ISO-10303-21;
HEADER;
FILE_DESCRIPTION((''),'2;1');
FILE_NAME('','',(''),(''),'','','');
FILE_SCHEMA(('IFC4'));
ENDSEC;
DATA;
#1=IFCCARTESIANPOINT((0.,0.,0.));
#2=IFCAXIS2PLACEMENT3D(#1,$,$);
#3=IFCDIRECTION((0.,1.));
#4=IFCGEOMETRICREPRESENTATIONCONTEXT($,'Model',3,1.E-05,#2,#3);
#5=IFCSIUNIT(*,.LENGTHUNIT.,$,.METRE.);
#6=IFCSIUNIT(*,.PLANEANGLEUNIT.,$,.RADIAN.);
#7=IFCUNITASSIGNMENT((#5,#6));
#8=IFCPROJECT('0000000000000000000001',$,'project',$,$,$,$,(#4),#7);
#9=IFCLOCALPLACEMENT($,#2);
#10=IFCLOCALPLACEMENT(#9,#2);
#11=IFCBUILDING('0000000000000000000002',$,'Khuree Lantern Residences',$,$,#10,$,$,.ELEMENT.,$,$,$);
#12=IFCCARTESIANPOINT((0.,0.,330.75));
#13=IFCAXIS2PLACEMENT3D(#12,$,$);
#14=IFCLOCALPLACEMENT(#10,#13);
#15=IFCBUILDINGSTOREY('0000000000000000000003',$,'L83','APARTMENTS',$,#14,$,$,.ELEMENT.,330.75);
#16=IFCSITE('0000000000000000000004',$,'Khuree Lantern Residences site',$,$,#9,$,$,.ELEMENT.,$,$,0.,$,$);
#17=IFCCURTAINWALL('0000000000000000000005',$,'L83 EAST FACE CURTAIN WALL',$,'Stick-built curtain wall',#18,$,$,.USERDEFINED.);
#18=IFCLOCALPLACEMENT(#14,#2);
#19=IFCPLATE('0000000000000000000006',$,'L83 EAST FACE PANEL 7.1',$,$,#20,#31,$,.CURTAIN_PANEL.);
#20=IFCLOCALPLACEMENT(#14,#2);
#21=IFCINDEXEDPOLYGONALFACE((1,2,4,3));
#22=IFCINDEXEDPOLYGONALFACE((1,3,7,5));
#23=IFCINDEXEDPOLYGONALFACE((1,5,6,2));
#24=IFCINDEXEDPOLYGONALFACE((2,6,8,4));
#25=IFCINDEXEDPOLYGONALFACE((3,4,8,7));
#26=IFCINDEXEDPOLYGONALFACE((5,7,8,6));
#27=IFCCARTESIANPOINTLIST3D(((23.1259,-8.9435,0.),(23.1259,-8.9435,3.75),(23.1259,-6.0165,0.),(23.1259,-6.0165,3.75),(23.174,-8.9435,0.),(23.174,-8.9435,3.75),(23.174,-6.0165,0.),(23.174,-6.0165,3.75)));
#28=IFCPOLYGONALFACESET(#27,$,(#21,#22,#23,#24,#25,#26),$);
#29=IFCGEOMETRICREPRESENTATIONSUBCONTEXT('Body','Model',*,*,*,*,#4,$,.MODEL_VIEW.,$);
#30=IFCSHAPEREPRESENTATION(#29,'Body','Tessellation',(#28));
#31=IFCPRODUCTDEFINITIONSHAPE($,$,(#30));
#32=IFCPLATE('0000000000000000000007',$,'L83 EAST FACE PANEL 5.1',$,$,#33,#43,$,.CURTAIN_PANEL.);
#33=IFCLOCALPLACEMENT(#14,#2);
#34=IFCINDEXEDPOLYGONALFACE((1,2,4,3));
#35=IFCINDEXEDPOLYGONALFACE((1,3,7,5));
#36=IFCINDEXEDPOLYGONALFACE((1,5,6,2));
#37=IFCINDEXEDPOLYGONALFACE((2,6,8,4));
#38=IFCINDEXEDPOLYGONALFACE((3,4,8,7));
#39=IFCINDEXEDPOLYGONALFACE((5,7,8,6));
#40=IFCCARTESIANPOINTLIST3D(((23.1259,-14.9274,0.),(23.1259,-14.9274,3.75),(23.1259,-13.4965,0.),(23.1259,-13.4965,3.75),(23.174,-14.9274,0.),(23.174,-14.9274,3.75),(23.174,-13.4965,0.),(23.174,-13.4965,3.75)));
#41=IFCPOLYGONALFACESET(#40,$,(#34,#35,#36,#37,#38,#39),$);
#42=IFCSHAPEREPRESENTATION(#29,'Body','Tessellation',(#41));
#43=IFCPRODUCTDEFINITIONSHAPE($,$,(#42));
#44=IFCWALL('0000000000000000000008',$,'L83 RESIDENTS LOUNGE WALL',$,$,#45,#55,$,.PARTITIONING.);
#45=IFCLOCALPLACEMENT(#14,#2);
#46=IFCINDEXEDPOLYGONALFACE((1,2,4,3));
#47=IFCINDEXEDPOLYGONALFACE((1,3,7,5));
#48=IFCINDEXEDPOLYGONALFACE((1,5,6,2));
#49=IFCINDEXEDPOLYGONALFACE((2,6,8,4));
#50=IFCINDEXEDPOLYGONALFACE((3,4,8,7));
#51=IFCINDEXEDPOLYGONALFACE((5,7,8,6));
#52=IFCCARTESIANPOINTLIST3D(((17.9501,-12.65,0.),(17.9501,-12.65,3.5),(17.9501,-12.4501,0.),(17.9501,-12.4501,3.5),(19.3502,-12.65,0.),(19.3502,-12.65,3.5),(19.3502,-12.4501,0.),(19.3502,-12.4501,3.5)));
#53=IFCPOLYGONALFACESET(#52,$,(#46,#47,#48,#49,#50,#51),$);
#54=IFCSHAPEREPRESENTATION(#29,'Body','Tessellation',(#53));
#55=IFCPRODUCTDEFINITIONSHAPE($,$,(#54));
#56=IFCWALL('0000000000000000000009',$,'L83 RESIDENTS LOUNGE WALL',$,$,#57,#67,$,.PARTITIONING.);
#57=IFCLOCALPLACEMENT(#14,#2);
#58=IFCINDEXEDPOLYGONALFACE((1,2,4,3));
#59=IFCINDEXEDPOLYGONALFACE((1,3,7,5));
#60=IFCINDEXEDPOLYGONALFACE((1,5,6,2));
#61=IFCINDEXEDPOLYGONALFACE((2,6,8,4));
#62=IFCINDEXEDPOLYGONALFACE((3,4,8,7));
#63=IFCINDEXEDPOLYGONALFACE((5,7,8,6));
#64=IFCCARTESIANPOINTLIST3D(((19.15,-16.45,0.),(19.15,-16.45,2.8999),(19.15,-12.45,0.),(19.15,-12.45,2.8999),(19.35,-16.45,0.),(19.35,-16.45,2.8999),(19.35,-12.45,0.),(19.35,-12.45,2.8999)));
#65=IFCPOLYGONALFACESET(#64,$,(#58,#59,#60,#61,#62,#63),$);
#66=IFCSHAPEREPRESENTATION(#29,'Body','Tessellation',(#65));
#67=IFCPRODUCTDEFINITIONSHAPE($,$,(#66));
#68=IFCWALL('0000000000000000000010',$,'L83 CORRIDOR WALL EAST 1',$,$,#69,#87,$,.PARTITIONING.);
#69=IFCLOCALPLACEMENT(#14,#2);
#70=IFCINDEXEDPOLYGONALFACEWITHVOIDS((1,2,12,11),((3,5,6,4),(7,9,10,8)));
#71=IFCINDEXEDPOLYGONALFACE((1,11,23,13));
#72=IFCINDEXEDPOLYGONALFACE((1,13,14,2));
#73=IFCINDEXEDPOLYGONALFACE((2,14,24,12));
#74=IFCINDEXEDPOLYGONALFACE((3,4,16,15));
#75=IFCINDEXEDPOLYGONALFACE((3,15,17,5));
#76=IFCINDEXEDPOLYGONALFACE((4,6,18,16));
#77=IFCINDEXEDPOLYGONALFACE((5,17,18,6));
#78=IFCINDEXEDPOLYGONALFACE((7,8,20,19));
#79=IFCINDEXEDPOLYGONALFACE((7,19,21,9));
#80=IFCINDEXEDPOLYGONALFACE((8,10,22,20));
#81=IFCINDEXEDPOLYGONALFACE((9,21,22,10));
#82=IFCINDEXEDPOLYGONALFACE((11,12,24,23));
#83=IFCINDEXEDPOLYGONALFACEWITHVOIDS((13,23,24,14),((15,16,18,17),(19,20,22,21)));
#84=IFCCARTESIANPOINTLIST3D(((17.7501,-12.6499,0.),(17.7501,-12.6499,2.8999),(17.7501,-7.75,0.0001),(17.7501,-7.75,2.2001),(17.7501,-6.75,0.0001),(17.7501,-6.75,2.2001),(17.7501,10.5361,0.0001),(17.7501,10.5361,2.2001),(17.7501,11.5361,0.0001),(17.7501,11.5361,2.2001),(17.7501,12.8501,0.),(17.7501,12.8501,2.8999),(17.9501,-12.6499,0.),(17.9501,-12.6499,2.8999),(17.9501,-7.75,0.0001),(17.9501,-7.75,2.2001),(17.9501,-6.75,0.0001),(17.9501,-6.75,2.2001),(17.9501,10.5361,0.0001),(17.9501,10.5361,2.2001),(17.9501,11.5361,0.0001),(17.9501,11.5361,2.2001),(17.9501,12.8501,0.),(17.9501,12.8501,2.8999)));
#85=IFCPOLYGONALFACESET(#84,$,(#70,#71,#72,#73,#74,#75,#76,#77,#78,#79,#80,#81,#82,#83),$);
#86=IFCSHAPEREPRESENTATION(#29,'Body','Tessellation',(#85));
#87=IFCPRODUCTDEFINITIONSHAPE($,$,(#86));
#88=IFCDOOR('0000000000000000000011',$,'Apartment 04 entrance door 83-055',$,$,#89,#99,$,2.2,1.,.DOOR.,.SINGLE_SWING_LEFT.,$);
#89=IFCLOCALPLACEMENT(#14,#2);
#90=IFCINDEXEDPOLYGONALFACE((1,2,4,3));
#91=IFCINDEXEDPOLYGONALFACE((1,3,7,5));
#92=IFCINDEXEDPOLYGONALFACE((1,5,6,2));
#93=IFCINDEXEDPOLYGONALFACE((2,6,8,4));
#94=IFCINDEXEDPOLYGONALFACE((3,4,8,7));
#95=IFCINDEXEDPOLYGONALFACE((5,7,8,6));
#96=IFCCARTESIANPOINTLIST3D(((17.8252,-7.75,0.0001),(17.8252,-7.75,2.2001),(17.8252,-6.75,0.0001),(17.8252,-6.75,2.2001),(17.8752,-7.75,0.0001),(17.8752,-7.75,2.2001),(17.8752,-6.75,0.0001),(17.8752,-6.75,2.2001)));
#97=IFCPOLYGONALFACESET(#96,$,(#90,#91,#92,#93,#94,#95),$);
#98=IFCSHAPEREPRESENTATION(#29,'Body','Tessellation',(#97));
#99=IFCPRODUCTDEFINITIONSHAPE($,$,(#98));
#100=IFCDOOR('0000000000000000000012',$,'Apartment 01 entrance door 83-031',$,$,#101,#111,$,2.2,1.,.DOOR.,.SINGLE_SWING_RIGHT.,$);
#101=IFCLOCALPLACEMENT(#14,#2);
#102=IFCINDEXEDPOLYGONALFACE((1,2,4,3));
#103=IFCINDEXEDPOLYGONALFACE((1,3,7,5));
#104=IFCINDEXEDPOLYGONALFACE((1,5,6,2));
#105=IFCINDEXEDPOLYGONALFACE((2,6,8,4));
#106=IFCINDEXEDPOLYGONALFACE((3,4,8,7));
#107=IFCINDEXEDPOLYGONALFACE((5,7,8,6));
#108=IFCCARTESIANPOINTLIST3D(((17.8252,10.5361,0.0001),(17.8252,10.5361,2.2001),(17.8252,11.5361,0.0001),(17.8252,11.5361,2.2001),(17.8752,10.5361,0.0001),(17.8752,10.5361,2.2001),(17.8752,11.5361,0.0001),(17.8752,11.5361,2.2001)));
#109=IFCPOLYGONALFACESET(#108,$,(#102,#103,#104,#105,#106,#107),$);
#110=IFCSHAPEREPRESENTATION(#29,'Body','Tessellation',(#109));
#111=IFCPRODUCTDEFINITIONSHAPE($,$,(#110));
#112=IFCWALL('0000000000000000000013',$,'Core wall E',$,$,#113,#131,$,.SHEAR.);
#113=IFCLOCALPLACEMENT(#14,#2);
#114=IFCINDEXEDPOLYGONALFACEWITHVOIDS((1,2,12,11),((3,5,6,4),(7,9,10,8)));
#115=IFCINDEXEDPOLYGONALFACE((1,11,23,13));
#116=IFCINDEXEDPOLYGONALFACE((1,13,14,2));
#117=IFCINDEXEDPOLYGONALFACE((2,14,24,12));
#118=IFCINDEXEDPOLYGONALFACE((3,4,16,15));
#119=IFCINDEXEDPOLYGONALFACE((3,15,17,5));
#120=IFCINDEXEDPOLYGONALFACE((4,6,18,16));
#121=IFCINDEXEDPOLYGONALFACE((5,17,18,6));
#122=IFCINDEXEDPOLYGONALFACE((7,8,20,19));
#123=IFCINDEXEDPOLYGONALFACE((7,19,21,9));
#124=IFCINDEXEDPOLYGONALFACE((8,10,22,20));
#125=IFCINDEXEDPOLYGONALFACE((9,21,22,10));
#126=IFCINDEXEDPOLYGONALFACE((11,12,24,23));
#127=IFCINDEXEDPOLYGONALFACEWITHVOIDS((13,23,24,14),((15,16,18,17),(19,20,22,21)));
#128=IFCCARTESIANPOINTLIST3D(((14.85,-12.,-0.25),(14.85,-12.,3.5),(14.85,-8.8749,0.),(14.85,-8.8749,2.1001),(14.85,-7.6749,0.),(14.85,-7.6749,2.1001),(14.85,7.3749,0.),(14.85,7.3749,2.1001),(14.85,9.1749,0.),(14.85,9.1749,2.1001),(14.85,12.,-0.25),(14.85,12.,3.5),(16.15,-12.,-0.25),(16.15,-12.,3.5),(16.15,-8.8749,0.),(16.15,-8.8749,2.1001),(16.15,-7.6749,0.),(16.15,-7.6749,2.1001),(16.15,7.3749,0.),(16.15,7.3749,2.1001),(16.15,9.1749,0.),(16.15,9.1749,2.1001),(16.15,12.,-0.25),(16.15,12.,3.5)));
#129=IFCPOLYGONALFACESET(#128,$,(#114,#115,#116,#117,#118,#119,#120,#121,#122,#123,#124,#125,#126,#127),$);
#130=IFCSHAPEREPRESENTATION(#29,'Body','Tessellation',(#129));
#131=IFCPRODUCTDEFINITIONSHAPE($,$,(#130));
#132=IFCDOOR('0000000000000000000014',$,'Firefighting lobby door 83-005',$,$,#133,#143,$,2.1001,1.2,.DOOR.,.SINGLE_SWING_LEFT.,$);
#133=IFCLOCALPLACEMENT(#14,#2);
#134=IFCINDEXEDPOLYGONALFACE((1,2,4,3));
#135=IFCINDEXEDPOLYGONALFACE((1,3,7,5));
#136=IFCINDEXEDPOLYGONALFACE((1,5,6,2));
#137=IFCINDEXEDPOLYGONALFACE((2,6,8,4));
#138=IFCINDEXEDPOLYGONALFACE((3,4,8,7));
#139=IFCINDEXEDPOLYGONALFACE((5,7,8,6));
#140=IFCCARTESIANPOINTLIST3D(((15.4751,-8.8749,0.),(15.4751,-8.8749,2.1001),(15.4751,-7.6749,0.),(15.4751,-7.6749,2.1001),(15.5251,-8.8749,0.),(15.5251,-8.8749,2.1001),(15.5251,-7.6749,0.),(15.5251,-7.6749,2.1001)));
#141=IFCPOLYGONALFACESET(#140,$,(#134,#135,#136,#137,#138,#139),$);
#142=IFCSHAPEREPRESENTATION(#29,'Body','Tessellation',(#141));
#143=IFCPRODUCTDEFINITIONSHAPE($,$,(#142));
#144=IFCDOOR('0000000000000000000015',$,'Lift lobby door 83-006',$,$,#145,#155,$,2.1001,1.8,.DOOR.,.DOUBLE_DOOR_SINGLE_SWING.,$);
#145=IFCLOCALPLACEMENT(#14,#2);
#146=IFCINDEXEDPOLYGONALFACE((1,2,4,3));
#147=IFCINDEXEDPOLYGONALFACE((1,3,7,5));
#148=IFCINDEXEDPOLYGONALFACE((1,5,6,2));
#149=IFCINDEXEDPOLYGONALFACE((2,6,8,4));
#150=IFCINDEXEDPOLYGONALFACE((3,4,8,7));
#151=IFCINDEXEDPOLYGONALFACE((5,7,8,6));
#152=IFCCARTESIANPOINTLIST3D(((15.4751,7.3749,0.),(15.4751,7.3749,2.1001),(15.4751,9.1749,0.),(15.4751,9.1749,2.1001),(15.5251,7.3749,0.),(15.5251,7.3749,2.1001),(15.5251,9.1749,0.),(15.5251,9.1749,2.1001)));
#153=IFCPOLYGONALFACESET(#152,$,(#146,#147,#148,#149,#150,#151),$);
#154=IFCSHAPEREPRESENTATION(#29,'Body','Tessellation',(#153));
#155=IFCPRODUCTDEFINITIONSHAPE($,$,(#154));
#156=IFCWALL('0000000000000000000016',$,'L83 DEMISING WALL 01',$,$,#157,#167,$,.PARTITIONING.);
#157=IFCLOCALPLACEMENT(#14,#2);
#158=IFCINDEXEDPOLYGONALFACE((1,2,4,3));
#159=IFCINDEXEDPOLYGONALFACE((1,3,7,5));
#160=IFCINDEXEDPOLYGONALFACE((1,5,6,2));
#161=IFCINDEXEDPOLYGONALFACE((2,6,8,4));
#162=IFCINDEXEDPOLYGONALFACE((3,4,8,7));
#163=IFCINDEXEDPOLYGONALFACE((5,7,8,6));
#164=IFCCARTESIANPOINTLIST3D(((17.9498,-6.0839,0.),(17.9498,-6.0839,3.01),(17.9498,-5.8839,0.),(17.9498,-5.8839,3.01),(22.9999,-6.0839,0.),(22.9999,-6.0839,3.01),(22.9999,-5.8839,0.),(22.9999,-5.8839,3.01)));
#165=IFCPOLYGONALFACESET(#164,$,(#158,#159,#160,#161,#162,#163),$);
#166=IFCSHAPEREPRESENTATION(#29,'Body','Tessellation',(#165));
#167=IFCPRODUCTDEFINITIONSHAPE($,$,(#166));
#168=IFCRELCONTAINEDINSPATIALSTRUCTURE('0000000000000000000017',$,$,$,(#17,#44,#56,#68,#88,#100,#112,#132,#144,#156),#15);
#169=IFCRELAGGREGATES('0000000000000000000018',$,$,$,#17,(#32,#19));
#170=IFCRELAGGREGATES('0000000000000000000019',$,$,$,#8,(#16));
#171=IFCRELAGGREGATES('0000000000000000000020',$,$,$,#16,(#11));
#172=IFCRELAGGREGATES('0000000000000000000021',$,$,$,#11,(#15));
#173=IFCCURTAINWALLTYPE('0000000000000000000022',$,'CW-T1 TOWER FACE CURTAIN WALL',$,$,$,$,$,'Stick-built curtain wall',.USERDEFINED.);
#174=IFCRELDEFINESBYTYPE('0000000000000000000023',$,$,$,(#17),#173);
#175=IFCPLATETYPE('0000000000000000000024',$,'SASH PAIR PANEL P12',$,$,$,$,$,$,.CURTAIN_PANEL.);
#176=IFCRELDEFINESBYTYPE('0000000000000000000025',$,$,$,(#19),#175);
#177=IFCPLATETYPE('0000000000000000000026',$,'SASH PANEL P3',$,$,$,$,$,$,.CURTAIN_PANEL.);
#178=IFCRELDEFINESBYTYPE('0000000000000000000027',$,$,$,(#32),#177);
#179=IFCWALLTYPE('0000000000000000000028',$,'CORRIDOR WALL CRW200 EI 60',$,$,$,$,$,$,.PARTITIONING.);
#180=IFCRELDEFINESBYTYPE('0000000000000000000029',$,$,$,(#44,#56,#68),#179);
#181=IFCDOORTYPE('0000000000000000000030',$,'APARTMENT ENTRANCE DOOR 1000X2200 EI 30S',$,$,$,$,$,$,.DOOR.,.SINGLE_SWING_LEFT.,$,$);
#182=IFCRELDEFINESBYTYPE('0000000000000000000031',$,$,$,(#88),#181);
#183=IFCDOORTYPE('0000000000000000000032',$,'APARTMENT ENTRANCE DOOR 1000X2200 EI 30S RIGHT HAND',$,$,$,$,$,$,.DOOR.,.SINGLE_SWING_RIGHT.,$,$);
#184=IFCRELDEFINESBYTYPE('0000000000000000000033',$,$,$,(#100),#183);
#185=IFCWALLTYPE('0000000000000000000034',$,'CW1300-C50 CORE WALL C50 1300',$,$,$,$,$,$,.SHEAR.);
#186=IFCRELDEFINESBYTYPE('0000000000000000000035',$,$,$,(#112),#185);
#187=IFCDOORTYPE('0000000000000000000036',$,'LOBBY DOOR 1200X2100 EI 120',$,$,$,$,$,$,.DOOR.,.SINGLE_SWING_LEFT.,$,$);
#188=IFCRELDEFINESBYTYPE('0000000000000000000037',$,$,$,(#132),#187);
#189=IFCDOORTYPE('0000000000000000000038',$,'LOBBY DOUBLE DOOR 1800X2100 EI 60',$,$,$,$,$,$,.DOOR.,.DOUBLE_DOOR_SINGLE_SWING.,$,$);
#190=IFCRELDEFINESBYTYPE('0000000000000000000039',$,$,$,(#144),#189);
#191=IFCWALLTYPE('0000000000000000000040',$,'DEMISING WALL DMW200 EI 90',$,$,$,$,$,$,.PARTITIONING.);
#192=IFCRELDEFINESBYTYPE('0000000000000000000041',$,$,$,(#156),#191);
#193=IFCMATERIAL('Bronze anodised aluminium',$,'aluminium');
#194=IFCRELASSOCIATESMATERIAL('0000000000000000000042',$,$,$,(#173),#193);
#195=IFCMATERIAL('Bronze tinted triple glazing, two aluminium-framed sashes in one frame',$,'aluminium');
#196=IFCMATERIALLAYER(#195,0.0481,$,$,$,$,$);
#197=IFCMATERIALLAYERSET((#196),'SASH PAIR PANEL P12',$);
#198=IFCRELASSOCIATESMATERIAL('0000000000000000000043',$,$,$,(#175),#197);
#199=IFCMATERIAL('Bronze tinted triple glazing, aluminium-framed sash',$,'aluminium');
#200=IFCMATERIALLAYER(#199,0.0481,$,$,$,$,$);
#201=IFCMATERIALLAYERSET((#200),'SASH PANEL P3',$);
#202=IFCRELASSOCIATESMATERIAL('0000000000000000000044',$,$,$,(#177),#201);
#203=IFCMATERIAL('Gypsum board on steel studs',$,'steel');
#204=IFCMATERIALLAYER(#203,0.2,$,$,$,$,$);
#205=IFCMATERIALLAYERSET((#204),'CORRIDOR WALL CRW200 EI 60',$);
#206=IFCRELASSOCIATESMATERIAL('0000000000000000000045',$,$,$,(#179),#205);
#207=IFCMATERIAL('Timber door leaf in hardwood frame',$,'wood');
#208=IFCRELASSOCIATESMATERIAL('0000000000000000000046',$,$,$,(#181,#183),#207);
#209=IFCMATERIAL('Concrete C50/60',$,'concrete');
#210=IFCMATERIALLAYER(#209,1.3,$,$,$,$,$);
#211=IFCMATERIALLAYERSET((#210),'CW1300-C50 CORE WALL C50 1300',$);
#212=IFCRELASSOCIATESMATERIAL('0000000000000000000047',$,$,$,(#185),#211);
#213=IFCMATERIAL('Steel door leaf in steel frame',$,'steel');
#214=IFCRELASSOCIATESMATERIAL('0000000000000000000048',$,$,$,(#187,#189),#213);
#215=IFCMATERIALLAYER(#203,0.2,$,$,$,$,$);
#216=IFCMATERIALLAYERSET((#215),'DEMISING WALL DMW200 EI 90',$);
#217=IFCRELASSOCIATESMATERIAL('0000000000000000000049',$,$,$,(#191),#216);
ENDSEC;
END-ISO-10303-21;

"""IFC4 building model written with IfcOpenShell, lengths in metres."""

from ifc_helpers import new_model, si_unit, direction, frame, frame_2d, origin, origin_2d, place, context, subcontext, project, spatial, rectangle, extrude, material, layer, layer_set, type_object, element, fill, aggregate, save


model = new_model("IFC4")

# Units and contexts
model_context = context("Model", 3, precision=1e-05, world=origin(), true_north=direction((0.0, 1.0)))
body_context = subcontext(model_context, "Body", "Model", "MODEL_VIEW")
ifc_project = project(units=[si_unit("LENGTHUNIT", "METRE"), si_unit("PLANEANGLEUNIT", "RADIAN")], contexts=[model_context])

# Site, building, storey
site_placement = place(None, origin())
site = spatial("IfcSite", under=ifc_project, at=site_placement, Name="Khuree Lantern Residences site", CompositionType="ELEMENT", RefElevation=0.0)
building_placement = place(site_placement, origin())
building = spatial("IfcBuilding", under=site, at=building_placement, Name="Khuree Lantern Residences", CompositionType="ELEMENT")
storey_placement = place(building_placement, frame((0.0, 0.0, 330.75)))
storey = spatial("IfcBuildingStorey", under=building, at=storey_placement, Name="L83", Description="APARTMENTS", CompositionType="ELEMENT", Elevation=330.75)

# Shared definitions
ifc_material_1 = material(Name="Concrete C50/60", Category="concrete")

# Curtain wall
ifc_material_2 = material(Name="Bronze anodised aluminium", Category="aluminium")
curtain_wall_type = type_object("IfcCurtainWallType", Name="CW-T1 TOWER FACE CURTAIN WALL", ElementType="Stick-built curtain wall", PredefinedType="USERDEFINED", material=ifc_material_2)
curtain_wall_placement = place(storey_placement, origin())
curtain_wall = element("IfcCurtainWall", 1, at=curtain_wall_placement, inside=storey, type_object=curtain_wall_type, Name="L83 EAST FACE CURTAIN WALL", ObjectType="Stick-built curtain wall", PredefinedType="USERDEFINED")

# Plates
ifc_material_3 = material(Name="Bronze tinted triple glazing, two aluminium-framed sashes in one frame", Category="aluminium")
ifc_layer_1 = layer(ifc_material_3, 0.0481)
ifc_layer_set_1 = layer_set([ifc_layer_1], Name="SASH PAIR PANEL P12")
plate_type_1 = type_object("IfcPlateType", Name="SASH PAIR PANEL P12", PredefinedType="CURTAIN_PANEL", material=ifc_layer_set_1)
plate_1_placement = place(storey_placement, frame((23.1499, -7.48, 0.0), z_axis=(0.0, 0.0, 1.0), x_axis=(0.0, 1.0, 0.0)))
plate_1 = element("IfcPlate", 2, at=plate_1_placement, type_object=plate_type_1, Name="L83 EAST FACE PANEL 7.1", PredefinedType="CURTAIN_PANEL", context=body_context, shape_type="SweptSolid", body=[
    extrude(rectangle(XDim=2.927, YDim=0.0481, at=origin_2d()), origin(), (0.0, 0.0, 1.0), 3.75),
])
ifc_material_4 = material(Name="Bronze tinted triple glazing, aluminium-framed sash", Category="aluminium")
ifc_layer_2 = layer(ifc_material_4, 0.0481)
ifc_layer_set_2 = layer_set([ifc_layer_2], Name="SASH PANEL P3")
plate_type_2 = type_object("IfcPlateType", Name="SASH PANEL P3", PredefinedType="CURTAIN_PANEL", material=ifc_layer_set_2)
plate_2_placement = place(storey_placement, frame((23.1499, -14.2119, 0.0), z_axis=(0.0, 0.0, 1.0), x_axis=(0.0, 1.0, 0.0)))
plate_2 = element("IfcPlate", 3, at=plate_2_placement, type_object=plate_type_2, Name="L83 EAST FACE PANEL 5.1", PredefinedType="CURTAIN_PANEL", context=body_context, shape_type="SweptSolid", body=[
    extrude(rectangle(XDim=1.4309, YDim=0.0481, at=origin_2d()), origin(), (0.0, 0.0, 1.0), 3.75),
])
aggregate(curtain_wall, [plate_2, plate_1])

# Walls
ifc_material_5 = material(Name="Gypsum board on steel studs", Category="steel")
ifc_layer_3 = layer(ifc_material_5, 0.2)
ifc_layer_set_3 = layer_set([ifc_layer_3], Name="CORRIDOR WALL CRW200 EI 60")
wall_type_1 = type_object("IfcWallType", Name="CORRIDOR WALL CRW200 EI 60", PredefinedType="PARTITIONING", material=ifc_layer_set_3)
wall_1_placement = place(storey_placement, frame((17.95, -12.55, 0.0), z_axis=(0.0, 0.0, 1.0), x_axis=(1.0, 0.0, 0.0)))
element("IfcWall", 4, at=wall_1_placement, inside=storey, type_object=wall_type_1, Name="L83 RESIDENTS LOUNGE WALL", PredefinedType="PARTITIONING", context=body_context, shape_type="SweptSolid", body=[
    extrude(rectangle(XDim=1.4001, YDim=0.2, at=frame_2d((0.7002, 0.0))), origin(), (0.0, 0.0, 1.0), 3.5),
])
wall_2_placement = place(storey_placement, frame((19.25, -12.45, 0.0), z_axis=(0.0, 0.0, 1.0), x_axis=(0.0, -1.0, 0.0)))
element("IfcWall", 5, at=wall_2_placement, inside=storey, type_object=wall_type_1, Name="L83 RESIDENTS LOUNGE WALL", PredefinedType="PARTITIONING", context=body_context, shape_type="SweptSolid", body=[
    extrude(rectangle(XDim=4.0, YDim=0.2, at=frame_2d((2.0, 0.0))), origin(), (0.0, 0.0, 1.0), 2.8999),
])

# Walls, openings, doors
wall_3_placement = place(storey_placement, frame((17.8501, -12.6499, 0.0), z_axis=(0.0, 0.0, 1.0), x_axis=(0.0, 1.0, 0.0)))
wall_3 = element("IfcWall", 6, at=wall_3_placement, inside=storey, type_object=wall_type_1, Name="L83 CORRIDOR WALL EAST 1", PredefinedType="PARTITIONING", context=body_context, shape_type="SweptSolid", body=[
    extrude(rectangle(XDim=25.5, YDim=0.2, at=frame_2d((12.75, 0.0))), origin(), (0.0, 0.0, 1.0), 2.8999),
])
opening_1_placement = place(wall_3_placement, frame((23.186, 0.0, 0.0)))
opening_1 = element("IfcOpeningElement", 7, at=opening_1_placement, cuts=wall_3, PredefinedType="OPENING", context=body_context, shape_type="SweptSolid", body=[
    extrude(rectangle(XDim=1.0, YDim=2.2, at=frame_2d((0.5, 1.1001))), frame((0.0, 0.1099, 0.0), z_axis=(0.0, -1.0, 0.0), x_axis=(1.0, 0.0, 0.0)), (0.0, 0.0, 1.0), 0.22),
])
opening_2_placement = place(wall_3_placement, frame((4.8999, 0.0, 0.0)))
opening_2 = element("IfcOpeningElement", 8, at=opening_2_placement, cuts=wall_3, PredefinedType="OPENING", context=body_context, shape_type="SweptSolid", body=[
    extrude(rectangle(XDim=1.0, YDim=2.2, at=frame_2d((0.5, 1.1001))), frame((0.0, 0.1099, 0.0), z_axis=(0.0, -1.0, 0.0), x_axis=(1.0, 0.0, 0.0)), (0.0, 0.0, 1.0), 0.22),
])
ifc_material_6 = material(Name="Timber door leaf in hardwood frame", Category="wood")
door_type_1 = type_object("IfcDoorType", Name="APARTMENT ENTRANCE DOOR 1000X2200 EI 30S", OperationType="SINGLE_SWING_LEFT", PredefinedType="DOOR", material=ifc_material_6)
door_1_placement = place(opening_2_placement, origin())
door_1 = element("IfcDoor", 9, at=door_1_placement, inside=storey, type_object=door_type_1, Name="Apartment 04 entrance door 83-055", OperationType="SINGLE_SWING_LEFT", OverallHeight=2.2, OverallWidth=1.0, PredefinedType="DOOR", context=body_context, shape_type="SweptSolid", body=[
    extrude(rectangle(XDim=1.0, YDim=2.2, at=frame_2d((0.5, 1.1001))), frame((0.0, 0.0249, 0.0), z_axis=(0.0, -1.0, 0.0), x_axis=(1.0, 0.0, 0.0)), (0.0, 0.0, 1.0), 0.05),
])
fill(opening_2, door_1)
door_type_2 = type_object("IfcDoorType", Name="APARTMENT ENTRANCE DOOR 1000X2200 EI 30S RIGHT HAND", OperationType="SINGLE_SWING_RIGHT", PredefinedType="DOOR", material=ifc_material_6)
door_2_placement = place(opening_1_placement, origin())
door_2 = element("IfcDoor", 10, at=door_2_placement, inside=storey, type_object=door_type_2, Name="Apartment 01 entrance door 83-031", OperationType="SINGLE_SWING_RIGHT", OverallHeight=2.2, OverallWidth=1.0, PredefinedType="DOOR", context=body_context, shape_type="SweptSolid", body=[
    extrude(rectangle(XDim=1.0, YDim=2.2, at=frame_2d((0.5, 1.1001))), frame((0.0, 0.0249, 0.0), z_axis=(0.0, -1.0, 0.0), x_axis=(1.0, 0.0, 0.0)), (0.0, 0.0, 1.0), 0.05),
])
fill(opening_1, door_2)
ifc_layer_4 = layer(ifc_material_1, 1.3)
ifc_layer_set_4 = layer_set([ifc_layer_4], Name="CW1300-C50 CORE WALL C50 1300")
wall_type_2 = type_object("IfcWallType", Name="CW1300-C50 CORE WALL C50 1300", PredefinedType="SHEAR", material=ifc_layer_set_4)
wall_4_placement = place(storey_placement, frame((15.5, -12.0, -0.25), z_axis=(0.0, 0.0, 1.0), x_axis=(0.0, 1.0, 0.0)))
wall_4 = element("IfcWall", 11, at=wall_4_placement, inside=storey, type_object=wall_type_2, Name="Core wall E", PredefinedType="SHEAR", context=body_context, shape_type="SweptSolid", body=[
    extrude(rectangle(XDim=24.0, YDim=1.3, at=frame_2d((12.0, 0.0))), origin(), (0.0, 0.0, 1.0), 3.75),
])
opening_3_placement = place(wall_4_placement, frame((3.125, 0.0, 0.25)))
opening_3 = element("IfcOpeningElement", 12, at=opening_3_placement, cuts=wall_4, PredefinedType="OPENING", context=body_context, shape_type="SweptSolid", body=[
    extrude(rectangle(XDim=1.2, YDim=2.1001, at=frame_2d((0.6001, 1.05))), frame((0.0, 0.6602, 0.0), z_axis=(0.0, -1.0, 0.0), x_axis=(1.0, 0.0, 0.0)), (0.0, 0.0, 1.0), 1.3201),
])
opening_4_placement = place(wall_4_placement, frame((19.375, 0.0, 0.25)))
opening_4 = element("IfcOpeningElement", 13, at=opening_4_placement, cuts=wall_4, PredefinedType="OPENING", context=body_context, shape_type="SweptSolid", body=[
    extrude(rectangle(XDim=1.8, YDim=2.1001, at=frame_2d((0.8999, 1.05))), frame((0.0, 0.6602, 0.0), z_axis=(0.0, -1.0, 0.0), x_axis=(1.0, 0.0, 0.0)), (0.0, 0.0, 1.0), 1.3201),
])
ifc_material_7 = material(Name="Steel door leaf in steel frame", Category="steel")
door_type_3 = type_object("IfcDoorType", Name="LOBBY DOOR 1200X2100 EI 120", OperationType="SINGLE_SWING_LEFT", PredefinedType="DOOR", material=ifc_material_7)
door_3_placement = place(opening_3_placement, origin())
door_3 = element("IfcDoor", 14, at=door_3_placement, inside=storey, type_object=door_type_3, Name="Firefighting lobby door 83-005", OperationType="SINGLE_SWING_LEFT", OverallHeight=2.1001, OverallWidth=1.2, PredefinedType="DOOR", context=body_context, shape_type="SweptSolid", body=[
    extrude(rectangle(XDim=1.2, YDim=2.1001, at=frame_2d((0.6001, 1.05))), frame((0.0, 0.0249, 0.0), z_axis=(0.0, -1.0, 0.0), x_axis=(1.0, 0.0, 0.0)), (0.0, 0.0, 1.0), 0.05),
])
fill(opening_3, door_3)
door_type_4 = type_object("IfcDoorType", Name="LOBBY DOUBLE DOOR 1800X2100 EI 60", OperationType="DOUBLE_DOOR_SINGLE_SWING", PredefinedType="DOOR", material=ifc_material_7)
door_4_placement = place(opening_4_placement, origin())
door_4 = element("IfcDoor", 15, at=door_4_placement, inside=storey, type_object=door_type_4, Name="Lift lobby door 83-006", OperationType="DOUBLE_DOOR_SINGLE_SWING", OverallHeight=2.1001, OverallWidth=1.8, PredefinedType="DOOR", context=body_context, shape_type="SweptSolid", body=[
    extrude(rectangle(XDim=1.8, YDim=2.1001, at=frame_2d((0.8999, 1.05))), frame((0.0, 0.0249, 0.0), z_axis=(0.0, -1.0, 0.0), x_axis=(1.0, 0.0, 0.0)), (0.0, 0.0, 1.0), 0.05),
])
fill(opening_4, door_4)

# Wall
ifc_layer_5 = layer(ifc_material_5, 0.2)
ifc_layer_set_5 = layer_set([ifc_layer_5], Name="DEMISING WALL DMW200 EI 90")
wall_type_3 = type_object("IfcWallType", Name="DEMISING WALL DMW200 EI 90", PredefinedType="PARTITIONING", material=ifc_layer_set_5)
wall_5_placement = place(storey_placement, frame((17.95, -5.9839, 0.0), z_axis=(0.0, 0.0, 1.0), x_axis=(1.0, 0.0, 0.0)))
element("IfcWall", 16, at=wall_5_placement, inside=storey, type_object=wall_type_3, Name="L83 DEMISING WALL 01", PredefinedType="PARTITIONING", context=body_context, shape_type="SweptSolid", body=[
    extrude(rectangle(XDim=5.05, YDim=0.2, at=frame_2d((2.5249, 0.0))), origin(), (0.0, 0.0, 1.0), 3.01),
])

save(model, "model.ifc")
